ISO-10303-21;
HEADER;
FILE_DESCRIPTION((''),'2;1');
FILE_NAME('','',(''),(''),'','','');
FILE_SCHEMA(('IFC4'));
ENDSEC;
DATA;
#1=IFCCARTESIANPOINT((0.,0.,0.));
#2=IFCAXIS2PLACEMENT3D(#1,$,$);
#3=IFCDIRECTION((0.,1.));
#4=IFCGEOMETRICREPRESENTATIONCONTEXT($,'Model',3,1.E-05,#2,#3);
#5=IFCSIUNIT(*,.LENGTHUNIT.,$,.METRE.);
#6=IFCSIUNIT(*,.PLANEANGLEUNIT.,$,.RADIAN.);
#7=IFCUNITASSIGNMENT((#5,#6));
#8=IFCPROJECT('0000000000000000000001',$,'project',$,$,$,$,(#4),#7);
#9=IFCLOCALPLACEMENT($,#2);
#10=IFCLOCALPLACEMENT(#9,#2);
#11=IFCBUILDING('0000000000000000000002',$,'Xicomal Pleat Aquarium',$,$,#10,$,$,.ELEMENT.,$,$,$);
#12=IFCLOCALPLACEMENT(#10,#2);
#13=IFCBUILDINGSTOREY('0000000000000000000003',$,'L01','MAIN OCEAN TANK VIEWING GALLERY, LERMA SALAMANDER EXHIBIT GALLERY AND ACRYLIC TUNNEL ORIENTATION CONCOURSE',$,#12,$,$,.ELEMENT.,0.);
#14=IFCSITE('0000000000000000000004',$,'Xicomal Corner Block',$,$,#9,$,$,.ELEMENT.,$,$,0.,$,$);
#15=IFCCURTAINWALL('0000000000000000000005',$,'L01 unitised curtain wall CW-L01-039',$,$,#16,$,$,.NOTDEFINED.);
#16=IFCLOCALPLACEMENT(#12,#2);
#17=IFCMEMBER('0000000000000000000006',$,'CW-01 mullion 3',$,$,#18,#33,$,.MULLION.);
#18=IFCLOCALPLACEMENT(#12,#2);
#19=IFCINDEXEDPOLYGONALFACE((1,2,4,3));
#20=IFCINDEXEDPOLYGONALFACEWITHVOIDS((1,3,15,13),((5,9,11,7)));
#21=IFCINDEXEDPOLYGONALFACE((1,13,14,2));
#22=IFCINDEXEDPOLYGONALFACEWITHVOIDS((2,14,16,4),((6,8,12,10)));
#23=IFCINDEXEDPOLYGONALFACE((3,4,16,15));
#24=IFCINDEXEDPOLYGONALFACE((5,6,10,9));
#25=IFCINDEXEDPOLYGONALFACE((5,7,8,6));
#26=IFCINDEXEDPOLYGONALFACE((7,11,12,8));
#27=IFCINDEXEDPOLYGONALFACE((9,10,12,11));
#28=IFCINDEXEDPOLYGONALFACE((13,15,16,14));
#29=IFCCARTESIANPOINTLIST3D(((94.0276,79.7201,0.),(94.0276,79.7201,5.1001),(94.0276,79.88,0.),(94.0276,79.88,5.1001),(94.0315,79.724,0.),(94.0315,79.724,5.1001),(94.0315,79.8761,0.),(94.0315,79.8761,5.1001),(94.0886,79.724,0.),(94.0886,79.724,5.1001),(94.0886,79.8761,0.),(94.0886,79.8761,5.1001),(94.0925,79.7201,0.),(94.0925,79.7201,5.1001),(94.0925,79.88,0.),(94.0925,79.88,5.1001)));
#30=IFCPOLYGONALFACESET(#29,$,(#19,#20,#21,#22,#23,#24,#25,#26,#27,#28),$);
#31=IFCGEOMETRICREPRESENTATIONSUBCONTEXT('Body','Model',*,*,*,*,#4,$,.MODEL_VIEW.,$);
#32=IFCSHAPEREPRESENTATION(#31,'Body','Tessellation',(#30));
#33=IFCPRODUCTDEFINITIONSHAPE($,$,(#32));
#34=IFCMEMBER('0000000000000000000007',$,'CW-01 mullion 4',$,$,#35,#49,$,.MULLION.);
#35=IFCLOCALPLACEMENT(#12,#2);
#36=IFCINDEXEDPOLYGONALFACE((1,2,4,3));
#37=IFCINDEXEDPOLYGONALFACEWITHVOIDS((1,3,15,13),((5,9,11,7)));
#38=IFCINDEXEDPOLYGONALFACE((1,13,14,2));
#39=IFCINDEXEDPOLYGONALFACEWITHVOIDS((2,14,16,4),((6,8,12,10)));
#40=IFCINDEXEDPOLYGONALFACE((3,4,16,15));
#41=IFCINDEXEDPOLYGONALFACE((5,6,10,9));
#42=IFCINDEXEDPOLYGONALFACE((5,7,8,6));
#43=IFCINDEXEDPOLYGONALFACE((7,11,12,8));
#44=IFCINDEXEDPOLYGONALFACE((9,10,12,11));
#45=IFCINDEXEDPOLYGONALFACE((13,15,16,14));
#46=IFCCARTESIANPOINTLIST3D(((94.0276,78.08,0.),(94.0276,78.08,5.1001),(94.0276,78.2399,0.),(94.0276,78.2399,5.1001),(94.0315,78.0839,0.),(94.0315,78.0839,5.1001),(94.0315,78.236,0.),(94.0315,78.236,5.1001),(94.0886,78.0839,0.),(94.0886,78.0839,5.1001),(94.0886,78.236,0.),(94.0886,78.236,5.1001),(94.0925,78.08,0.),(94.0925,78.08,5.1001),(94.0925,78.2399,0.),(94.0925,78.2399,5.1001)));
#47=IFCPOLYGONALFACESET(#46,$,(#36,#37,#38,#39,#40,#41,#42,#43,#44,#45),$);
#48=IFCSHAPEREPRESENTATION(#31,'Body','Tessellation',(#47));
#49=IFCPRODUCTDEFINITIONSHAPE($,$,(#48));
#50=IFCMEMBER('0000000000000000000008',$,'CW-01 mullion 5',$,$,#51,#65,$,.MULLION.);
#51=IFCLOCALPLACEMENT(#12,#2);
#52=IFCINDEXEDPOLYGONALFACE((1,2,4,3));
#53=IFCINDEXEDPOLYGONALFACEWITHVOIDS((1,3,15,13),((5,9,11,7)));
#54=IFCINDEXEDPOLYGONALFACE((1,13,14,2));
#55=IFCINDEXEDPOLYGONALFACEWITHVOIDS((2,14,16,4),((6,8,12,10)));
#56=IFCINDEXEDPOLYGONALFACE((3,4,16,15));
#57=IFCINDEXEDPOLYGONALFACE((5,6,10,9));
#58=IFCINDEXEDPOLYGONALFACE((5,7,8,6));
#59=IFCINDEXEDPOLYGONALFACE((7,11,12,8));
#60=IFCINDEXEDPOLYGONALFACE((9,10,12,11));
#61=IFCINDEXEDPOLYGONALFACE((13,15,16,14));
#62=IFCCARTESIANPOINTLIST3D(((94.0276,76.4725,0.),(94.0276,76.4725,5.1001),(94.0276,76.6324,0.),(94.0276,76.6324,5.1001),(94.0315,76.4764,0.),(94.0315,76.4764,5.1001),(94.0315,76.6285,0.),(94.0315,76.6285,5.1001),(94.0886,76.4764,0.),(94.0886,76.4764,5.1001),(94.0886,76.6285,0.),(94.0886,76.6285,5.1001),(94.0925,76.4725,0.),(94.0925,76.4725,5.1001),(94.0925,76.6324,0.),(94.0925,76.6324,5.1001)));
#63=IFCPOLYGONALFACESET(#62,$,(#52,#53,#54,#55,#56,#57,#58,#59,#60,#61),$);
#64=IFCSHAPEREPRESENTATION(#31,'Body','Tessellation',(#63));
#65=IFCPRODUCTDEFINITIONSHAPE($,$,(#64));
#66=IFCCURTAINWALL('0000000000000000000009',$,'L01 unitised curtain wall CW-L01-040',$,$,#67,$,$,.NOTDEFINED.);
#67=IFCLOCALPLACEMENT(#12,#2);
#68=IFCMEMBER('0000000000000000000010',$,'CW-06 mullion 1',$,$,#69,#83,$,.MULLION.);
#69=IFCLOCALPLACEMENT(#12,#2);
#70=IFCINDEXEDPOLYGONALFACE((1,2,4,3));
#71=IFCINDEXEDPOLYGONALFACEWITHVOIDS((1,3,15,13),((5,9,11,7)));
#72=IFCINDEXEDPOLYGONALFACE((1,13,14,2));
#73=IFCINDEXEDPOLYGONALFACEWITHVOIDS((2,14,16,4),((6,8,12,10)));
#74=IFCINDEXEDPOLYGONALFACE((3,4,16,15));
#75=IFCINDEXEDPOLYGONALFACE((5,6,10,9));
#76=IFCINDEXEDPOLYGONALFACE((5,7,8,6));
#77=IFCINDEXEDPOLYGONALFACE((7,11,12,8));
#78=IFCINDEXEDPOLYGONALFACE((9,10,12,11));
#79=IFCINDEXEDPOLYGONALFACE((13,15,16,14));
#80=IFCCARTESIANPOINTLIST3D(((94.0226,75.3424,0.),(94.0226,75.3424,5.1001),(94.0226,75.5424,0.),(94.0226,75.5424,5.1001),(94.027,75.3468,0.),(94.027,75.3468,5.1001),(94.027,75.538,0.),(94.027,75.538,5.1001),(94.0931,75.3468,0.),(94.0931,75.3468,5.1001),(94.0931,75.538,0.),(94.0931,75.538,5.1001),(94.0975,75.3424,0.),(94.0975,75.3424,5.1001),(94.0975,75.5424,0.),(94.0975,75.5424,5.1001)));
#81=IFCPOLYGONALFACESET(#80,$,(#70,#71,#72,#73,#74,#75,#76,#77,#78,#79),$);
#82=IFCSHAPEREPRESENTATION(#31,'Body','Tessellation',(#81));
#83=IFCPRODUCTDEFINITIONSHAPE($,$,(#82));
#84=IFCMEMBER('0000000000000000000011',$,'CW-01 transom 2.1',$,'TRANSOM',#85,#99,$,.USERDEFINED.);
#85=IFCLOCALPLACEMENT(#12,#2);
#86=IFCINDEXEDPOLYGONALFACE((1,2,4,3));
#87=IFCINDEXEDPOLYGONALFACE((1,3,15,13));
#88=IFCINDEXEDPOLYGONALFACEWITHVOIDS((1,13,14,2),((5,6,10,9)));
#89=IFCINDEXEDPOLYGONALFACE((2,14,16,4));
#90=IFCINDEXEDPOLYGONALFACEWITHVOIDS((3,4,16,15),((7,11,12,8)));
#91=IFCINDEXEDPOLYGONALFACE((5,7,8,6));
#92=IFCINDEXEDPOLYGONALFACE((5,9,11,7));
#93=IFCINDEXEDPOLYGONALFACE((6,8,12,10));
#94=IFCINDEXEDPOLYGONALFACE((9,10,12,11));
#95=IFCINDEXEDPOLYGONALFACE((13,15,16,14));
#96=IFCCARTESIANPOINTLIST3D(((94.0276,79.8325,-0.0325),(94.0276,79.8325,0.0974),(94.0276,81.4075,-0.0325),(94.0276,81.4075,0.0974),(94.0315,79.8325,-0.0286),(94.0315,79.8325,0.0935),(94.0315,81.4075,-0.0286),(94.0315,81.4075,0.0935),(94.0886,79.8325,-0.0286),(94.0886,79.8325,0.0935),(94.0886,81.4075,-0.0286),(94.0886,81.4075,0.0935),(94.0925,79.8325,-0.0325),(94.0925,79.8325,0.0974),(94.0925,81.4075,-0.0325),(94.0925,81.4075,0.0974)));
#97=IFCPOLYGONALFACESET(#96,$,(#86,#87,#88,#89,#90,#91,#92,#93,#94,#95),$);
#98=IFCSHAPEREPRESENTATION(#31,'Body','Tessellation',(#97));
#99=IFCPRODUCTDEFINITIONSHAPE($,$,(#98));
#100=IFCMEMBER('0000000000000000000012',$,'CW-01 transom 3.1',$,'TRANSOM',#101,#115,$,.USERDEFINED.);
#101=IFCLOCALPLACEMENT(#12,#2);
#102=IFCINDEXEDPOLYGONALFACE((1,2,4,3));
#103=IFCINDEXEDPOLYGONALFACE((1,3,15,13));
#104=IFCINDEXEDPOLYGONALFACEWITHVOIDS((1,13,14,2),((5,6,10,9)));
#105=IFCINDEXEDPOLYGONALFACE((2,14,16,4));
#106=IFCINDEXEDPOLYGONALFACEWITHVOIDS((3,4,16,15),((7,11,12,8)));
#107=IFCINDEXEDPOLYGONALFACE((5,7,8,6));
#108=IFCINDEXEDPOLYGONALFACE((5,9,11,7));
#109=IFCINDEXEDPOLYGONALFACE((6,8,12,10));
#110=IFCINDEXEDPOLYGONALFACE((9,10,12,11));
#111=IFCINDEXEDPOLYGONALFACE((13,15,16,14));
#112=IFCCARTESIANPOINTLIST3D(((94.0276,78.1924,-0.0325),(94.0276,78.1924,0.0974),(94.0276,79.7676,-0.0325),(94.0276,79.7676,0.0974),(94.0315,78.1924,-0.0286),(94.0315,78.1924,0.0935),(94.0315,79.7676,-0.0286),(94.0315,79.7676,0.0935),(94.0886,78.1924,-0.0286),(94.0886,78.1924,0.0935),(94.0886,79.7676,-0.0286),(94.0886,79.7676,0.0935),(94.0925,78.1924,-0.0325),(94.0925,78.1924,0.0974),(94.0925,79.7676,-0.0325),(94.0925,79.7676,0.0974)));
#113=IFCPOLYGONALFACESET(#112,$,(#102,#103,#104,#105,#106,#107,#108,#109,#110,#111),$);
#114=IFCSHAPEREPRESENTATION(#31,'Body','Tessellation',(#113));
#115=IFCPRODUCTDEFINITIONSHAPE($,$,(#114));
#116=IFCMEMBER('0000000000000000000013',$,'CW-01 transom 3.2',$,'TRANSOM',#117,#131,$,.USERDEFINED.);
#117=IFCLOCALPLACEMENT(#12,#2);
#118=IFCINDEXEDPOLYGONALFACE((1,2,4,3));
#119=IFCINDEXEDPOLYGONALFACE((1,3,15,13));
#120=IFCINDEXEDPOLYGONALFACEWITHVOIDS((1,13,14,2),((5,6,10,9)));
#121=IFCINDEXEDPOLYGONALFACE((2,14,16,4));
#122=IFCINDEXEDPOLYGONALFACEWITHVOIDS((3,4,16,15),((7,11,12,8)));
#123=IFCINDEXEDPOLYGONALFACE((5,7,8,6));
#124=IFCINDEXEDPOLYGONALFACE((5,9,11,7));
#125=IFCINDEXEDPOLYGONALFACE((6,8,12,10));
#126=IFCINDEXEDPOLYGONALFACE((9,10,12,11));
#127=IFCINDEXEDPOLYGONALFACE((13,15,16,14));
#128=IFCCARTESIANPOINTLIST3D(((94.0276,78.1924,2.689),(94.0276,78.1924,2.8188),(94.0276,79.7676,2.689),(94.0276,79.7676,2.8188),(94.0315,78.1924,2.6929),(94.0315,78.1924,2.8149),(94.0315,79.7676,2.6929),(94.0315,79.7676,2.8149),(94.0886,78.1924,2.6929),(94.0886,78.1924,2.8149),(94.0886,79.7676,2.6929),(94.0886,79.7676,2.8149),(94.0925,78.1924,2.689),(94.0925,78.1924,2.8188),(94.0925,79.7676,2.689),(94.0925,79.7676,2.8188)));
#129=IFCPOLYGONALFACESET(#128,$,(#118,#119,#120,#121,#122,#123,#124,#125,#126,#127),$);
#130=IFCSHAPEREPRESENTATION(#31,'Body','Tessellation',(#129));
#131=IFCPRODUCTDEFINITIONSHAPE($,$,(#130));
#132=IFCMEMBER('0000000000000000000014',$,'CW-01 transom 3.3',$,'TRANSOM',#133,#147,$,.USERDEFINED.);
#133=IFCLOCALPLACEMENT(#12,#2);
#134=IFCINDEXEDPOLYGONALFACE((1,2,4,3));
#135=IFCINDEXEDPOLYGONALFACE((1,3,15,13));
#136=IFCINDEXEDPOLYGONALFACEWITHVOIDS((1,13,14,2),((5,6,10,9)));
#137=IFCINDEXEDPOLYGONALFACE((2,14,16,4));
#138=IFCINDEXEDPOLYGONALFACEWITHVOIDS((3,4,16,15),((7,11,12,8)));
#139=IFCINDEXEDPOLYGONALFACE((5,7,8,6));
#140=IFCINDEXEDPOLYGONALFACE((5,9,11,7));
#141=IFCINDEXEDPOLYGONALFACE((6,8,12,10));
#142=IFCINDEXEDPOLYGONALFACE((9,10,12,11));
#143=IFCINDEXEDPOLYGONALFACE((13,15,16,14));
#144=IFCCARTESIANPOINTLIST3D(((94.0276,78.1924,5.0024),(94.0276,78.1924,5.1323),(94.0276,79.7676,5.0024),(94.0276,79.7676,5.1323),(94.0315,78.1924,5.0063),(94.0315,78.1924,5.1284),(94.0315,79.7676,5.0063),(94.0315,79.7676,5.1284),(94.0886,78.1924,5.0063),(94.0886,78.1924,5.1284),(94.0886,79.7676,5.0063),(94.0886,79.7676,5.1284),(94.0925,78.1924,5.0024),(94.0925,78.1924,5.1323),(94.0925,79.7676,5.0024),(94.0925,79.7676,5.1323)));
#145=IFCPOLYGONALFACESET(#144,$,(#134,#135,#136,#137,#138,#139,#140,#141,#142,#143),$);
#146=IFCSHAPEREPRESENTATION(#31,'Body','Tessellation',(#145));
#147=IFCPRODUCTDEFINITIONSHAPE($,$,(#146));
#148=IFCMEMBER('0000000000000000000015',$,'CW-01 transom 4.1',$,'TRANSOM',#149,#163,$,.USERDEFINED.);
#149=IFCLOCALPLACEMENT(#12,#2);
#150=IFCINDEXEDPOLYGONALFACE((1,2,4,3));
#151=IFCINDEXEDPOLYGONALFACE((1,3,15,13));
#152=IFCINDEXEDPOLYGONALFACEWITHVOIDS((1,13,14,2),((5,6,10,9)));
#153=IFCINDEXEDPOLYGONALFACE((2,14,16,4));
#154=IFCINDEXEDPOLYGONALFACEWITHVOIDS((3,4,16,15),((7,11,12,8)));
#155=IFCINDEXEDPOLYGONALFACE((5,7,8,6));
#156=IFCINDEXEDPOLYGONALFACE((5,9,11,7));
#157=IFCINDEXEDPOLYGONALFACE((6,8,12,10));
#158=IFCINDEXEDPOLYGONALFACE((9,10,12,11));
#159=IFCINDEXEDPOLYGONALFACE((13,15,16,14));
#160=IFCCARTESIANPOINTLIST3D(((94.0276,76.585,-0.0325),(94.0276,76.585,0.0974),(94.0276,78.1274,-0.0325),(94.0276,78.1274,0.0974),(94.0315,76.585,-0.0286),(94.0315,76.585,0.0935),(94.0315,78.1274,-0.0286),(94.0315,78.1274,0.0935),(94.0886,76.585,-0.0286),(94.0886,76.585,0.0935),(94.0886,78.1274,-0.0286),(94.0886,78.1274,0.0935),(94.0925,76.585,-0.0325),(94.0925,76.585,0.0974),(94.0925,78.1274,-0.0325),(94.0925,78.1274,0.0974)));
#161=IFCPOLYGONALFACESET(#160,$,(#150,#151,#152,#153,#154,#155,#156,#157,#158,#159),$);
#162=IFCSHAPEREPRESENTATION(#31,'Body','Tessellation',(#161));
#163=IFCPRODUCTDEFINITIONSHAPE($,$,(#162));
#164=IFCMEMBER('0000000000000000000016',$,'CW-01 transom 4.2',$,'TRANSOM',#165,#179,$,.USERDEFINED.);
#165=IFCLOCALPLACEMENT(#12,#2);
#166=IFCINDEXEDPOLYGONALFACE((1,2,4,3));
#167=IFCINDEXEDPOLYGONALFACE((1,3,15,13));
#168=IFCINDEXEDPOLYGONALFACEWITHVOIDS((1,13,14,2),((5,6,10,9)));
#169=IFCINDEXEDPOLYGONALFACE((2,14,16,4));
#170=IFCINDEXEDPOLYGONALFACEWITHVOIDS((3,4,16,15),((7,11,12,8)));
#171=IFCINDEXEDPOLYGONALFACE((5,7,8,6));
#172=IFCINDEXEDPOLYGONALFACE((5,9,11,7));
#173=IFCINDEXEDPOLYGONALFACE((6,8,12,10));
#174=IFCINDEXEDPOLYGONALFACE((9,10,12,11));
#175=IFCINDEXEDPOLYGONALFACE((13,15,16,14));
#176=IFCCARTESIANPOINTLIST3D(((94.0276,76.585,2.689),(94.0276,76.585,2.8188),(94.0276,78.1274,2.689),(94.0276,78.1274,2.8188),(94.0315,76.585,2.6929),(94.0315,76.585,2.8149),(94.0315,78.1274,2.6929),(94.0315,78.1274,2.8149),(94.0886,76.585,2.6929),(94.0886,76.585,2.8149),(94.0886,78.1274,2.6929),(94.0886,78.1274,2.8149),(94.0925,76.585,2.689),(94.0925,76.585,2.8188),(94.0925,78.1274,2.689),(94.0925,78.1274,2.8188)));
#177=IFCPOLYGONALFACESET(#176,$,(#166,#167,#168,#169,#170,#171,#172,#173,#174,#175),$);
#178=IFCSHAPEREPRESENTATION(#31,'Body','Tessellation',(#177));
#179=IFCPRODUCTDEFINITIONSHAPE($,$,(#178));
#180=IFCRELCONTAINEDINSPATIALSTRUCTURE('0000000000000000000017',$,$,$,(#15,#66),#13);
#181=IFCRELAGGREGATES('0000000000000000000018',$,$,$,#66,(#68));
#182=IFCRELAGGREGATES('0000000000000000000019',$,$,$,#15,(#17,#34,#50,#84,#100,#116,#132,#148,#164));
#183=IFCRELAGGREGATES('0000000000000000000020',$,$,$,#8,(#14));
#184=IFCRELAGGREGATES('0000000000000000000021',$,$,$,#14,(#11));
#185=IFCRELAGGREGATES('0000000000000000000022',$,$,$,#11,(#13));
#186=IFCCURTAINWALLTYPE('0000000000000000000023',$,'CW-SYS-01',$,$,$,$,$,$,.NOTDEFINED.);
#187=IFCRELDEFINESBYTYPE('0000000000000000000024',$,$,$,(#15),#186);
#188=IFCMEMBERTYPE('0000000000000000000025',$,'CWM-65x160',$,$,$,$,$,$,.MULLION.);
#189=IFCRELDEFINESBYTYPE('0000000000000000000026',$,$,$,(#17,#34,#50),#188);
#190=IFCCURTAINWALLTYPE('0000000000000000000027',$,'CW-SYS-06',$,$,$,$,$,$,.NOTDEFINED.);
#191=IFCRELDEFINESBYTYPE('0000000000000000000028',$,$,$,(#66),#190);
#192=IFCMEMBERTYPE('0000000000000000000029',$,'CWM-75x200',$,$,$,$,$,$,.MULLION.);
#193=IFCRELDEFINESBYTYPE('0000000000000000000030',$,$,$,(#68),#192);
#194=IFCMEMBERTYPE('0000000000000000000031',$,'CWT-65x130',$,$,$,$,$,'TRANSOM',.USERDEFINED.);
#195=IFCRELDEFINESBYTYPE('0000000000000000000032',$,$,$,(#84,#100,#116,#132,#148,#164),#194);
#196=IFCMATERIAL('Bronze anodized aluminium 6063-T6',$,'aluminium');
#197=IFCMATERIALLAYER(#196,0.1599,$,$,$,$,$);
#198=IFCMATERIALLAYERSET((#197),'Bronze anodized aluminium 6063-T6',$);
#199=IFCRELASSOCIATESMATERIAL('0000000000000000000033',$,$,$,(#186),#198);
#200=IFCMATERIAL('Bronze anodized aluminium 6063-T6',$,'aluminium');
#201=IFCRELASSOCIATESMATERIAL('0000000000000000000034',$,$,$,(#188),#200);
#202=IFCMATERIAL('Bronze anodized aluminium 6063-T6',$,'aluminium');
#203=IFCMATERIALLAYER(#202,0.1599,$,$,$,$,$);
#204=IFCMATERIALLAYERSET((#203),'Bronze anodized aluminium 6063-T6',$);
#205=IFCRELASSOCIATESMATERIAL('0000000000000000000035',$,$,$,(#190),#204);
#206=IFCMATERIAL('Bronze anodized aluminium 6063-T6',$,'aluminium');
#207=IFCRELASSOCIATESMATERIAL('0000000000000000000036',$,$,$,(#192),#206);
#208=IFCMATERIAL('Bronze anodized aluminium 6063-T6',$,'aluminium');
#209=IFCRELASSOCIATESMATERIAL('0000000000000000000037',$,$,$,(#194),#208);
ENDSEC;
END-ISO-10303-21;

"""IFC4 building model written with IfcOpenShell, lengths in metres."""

from ifc_helpers import new_model, si_unit, direction, frame, origin, origin_2d, place, context, subcontext, project, spatial, hollow_rectangle, extrude, material, layer, layer_set, material_profile, profile_set, type_object, element, aggregate, save


model = new_model("IFC4")

# Units and contexts
model_context = context("Model", 3, precision=1e-05, world=origin(), true_north=direction((0.0, 1.0)))
body_context = subcontext(model_context, "Body", "Model", "MODEL_VIEW")
ifc_project = project(units=[si_unit("LENGTHUNIT", "METRE"), si_unit("PLANEANGLEUNIT", "RADIAN")], contexts=[model_context])

# Site, building, storey
site_placement = place(None, origin())
site = spatial("IfcSite", under=ifc_project, at=site_placement, Name="Xicomal Corner Block", CompositionType="ELEMENT", RefElevation=0.0)
building_placement = place(site_placement, origin())
building = spatial("IfcBuilding", under=site, at=building_placement, Name="Xicomal Pleat Aquarium", CompositionType="ELEMENT")
storey_placement = place(building_placement, origin())
storey = spatial("IfcBuildingStorey", under=building, at=storey_placement, Name="L01", Description="MAIN OCEAN TANK VIEWING GALLERY, LERMA SALAMANDER EXHIBIT GALLERY AND ACRYLIC TUNNEL ORIENTATION CONCOURSE", CompositionType="ELEMENT", Elevation=0.0)

# Curtain wall, members
ifc_material_1 = material(Name="Bronze anodized aluminium 6063-T6", Category="aluminium")
ifc_layer_1 = layer(ifc_material_1, 0.1599)
ifc_layer_set_1 = layer_set([ifc_layer_1], Name="Bronze anodized aluminium 6063-T6")
curtain_wall_type_1 = type_object("IfcCurtainWallType", Name="CW-SYS-01", PredefinedType="NOTDEFINED", material=ifc_layer_set_1)
curtain_wall_1_placement = place(storey_placement, origin())
curtain_wall_1 = element("IfcCurtainWall", 1, at=curtain_wall_1_placement, inside=storey, type_object=curtain_wall_type_1, Name="L01 unitised curtain wall CW-L01-039", PredefinedType="NOTDEFINED")
ifc_material_2 = material(Name="Bronze anodized aluminium 6063-T6", Category="aluminium")
ifc_material_profile_1 = material_profile(ifc_material_2, hollow_rectangle(XDim=0.0649, YDim=0.1599, WallThickness=0.0039, at=origin_2d()), Name="ALU MULL 65x160")
ifc_profile_set_1 = profile_set([ifc_material_profile_1], Name="Bronze anodized aluminium 6063-T6")
member_type_1 = type_object("IfcMemberType", Name="CWM-65x160", PredefinedType="MULLION", material=ifc_profile_set_1)
member_1_placement = place(storey_placement, frame((94.0601, 79.8, 0.0), z_axis=(0.0, 0.0, 1.0), x_axis=(1.0, 0.0, 0.0)))
member_1 = element("IfcMember", 2, at=member_1_placement, type_object=member_type_1, Name="CW-01 mullion 3", PredefinedType="MULLION", context=body_context, shape_type="SweptSolid", body=[
    extrude(hollow_rectangle(XDim=0.0649, YDim=0.1599, WallThickness=0.0039, at=origin_2d()), origin(), (0.0, 0.0, 1.0), 5.1001),
])
member_2_placement = place(storey_placement, frame((94.0601, 78.1599, 0.0), z_axis=(0.0, 0.0, 1.0), x_axis=(1.0, 0.0, 0.0)))
member_2 = element("IfcMember", 3, at=member_2_placement, type_object=member_type_1, Name="CW-01 mullion 4", PredefinedType="MULLION", context=body_context, shape_type="SweptSolid", body=[
    extrude(hollow_rectangle(XDim=0.0649, YDim=0.1599, WallThickness=0.0039, at=origin_2d()), origin(), (0.0, 0.0, 1.0), 5.1001),
])
member_3_placement = place(storey_placement, frame((94.0601, 76.5525, 0.0), z_axis=(0.0, 0.0, 1.0), x_axis=(1.0, 0.0, 0.0)))
member_3 = element("IfcMember", 4, at=member_3_placement, type_object=member_type_1, Name="CW-01 mullion 5", PredefinedType="MULLION", context=body_context, shape_type="SweptSolid", body=[
    extrude(hollow_rectangle(XDim=0.0649, YDim=0.1599, WallThickness=0.0039, at=origin_2d()), origin(), (0.0, 0.0, 1.0), 5.1001),
])

# Curtain wall, member
ifc_material_3 = material(Name="Bronze anodized aluminium 6063-T6", Category="aluminium")
ifc_layer_2 = layer(ifc_material_3, 0.1599)
ifc_layer_set_2 = layer_set([ifc_layer_2], Name="Bronze anodized aluminium 6063-T6")
curtain_wall_type_2 = type_object("IfcCurtainWallType", Name="CW-SYS-06", PredefinedType="NOTDEFINED", material=ifc_layer_set_2)
curtain_wall_2_placement = place(storey_placement, origin())
curtain_wall_2 = element("IfcCurtainWall", 5, at=curtain_wall_2_placement, inside=storey, type_object=curtain_wall_type_2, Name="L01 unitised curtain wall CW-L01-040", PredefinedType="NOTDEFINED")
ifc_material_4 = material(Name="Bronze anodized aluminium 6063-T6", Category="aluminium")
ifc_material_profile_2 = material_profile(ifc_material_4, hollow_rectangle(XDim=0.075, YDim=0.2, WallThickness=0.0044, at=origin_2d()), Name="ALU MULL 75x200")
ifc_profile_set_2 = profile_set([ifc_material_profile_2], Name="Bronze anodized aluminium 6063-T6")
member_type_2 = type_object("IfcMemberType", Name="CWM-75x200", PredefinedType="MULLION", material=ifc_profile_set_2)
member_4_placement = place(storey_placement, frame((94.0601, 75.4424, 0.0), z_axis=(0.0, 0.0, 1.0), x_axis=(1.0, 0.0, 0.0)))
member_4 = element("IfcMember", 6, at=member_4_placement, type_object=member_type_2, Name="CW-06 mullion 1", PredefinedType="MULLION", context=body_context, shape_type="SweptSolid", body=[
    extrude(hollow_rectangle(XDim=0.075, YDim=0.2, WallThickness=0.0044, at=origin_2d()), origin(), (0.0, 0.0, 1.0), 5.1001),
])

# Members
ifc_material_5 = material(Name="Bronze anodized aluminium 6063-T6", Category="aluminium")
ifc_material_profile_3 = material_profile(ifc_material_5, hollow_rectangle(XDim=0.0649, YDim=0.1299, WallThickness=0.0039, at=origin_2d()), Name="ALU TRAN 65x130")
ifc_profile_set_3 = profile_set([ifc_material_profile_3], Name="Bronze anodized aluminium 6063-T6")
member_type_3 = type_object("IfcMemberType", Name="CWT-65x130", ElementType="TRANSOM", PredefinedType="USERDEFINED", material=ifc_profile_set_3)
member_5_placement = place(storey_placement, frame((94.0601, 81.4075, 0.0325), z_axis=(0.0, -1.0, 0.0), x_axis=(1.0, 0.0, 0.0)))
member_5 = element("IfcMember", 7, at=member_5_placement, type_object=member_type_3, Name="CW-01 transom 2.1", ObjectType="TRANSOM", PredefinedType="USERDEFINED", context=body_context, shape_type="SweptSolid", body=[
    extrude(hollow_rectangle(XDim=0.0649, YDim=0.1299, WallThickness=0.0039, at=origin_2d()), origin(), (0.0, 0.0, 1.0), 1.575),
])
member_6_placement = place(storey_placement, frame((94.0601, 79.7676, 0.0325), z_axis=(0.0, -1.0, 0.0), x_axis=(1.0, 0.0, 0.0)))
member_6 = element("IfcMember", 8, at=member_6_placement, type_object=member_type_3, Name="CW-01 transom 3.1", ObjectType="TRANSOM", PredefinedType="USERDEFINED", context=body_context, shape_type="SweptSolid", body=[
    extrude(hollow_rectangle(XDim=0.0649, YDim=0.1299, WallThickness=0.0039, at=origin_2d()), origin(), (0.0, 0.0, 1.0), 1.5752),
])
member_7_placement = place(storey_placement, frame((94.0601, 79.7676, 2.7539), z_axis=(0.0, -1.0, 0.0), x_axis=(1.0, 0.0, 0.0)))
member_7 = element("IfcMember", 9, at=member_7_placement, type_object=member_type_3, Name="CW-01 transom 3.2", ObjectType="TRANSOM", PredefinedType="USERDEFINED", context=body_context, shape_type="SweptSolid", body=[
    extrude(hollow_rectangle(XDim=0.0649, YDim=0.1299, WallThickness=0.0039, at=origin_2d()), origin(), (0.0, 0.0, 1.0), 1.5752),
])
member_8_placement = place(storey_placement, frame((94.0601, 79.7676, 5.0674), z_axis=(0.0, -1.0, 0.0), x_axis=(1.0, 0.0, 0.0)))
member_8 = element("IfcMember", 10, at=member_8_placement, type_object=member_type_3, Name="CW-01 transom 3.3", ObjectType="TRANSOM", PredefinedType="USERDEFINED", context=body_context, shape_type="SweptSolid", body=[
    extrude(hollow_rectangle(XDim=0.0649, YDim=0.1299, WallThickness=0.0039, at=origin_2d()), origin(), (0.0, 0.0, 1.0), 1.5752),
])
member_9_placement = place(storey_placement, frame((94.0601, 78.1274, 0.0325), z_axis=(0.0, -1.0, 0.0), x_axis=(1.0, 0.0, 0.0)))
member_9 = element("IfcMember", 11, at=member_9_placement, type_object=member_type_3, Name="CW-01 transom 4.1", ObjectType="TRANSOM", PredefinedType="USERDEFINED", context=body_context, shape_type="SweptSolid", body=[
    extrude(hollow_rectangle(XDim=0.0649, YDim=0.1299, WallThickness=0.0039, at=origin_2d()), origin(), (0.0, 0.0, 1.0), 1.5425),
])
member_10_placement = place(storey_placement, frame((94.0601, 78.1274, 2.7539), z_axis=(0.0, -1.0, 0.0), x_axis=(1.0, 0.0, 0.0)))
member_10 = element("IfcMember", 12, at=member_10_placement, type_object=member_type_3, Name="CW-01 transom 4.2", ObjectType="TRANSOM", PredefinedType="USERDEFINED", context=body_context, shape_type="SweptSolid", body=[
    extrude(hollow_rectangle(XDim=0.0649, YDim=0.1299, WallThickness=0.0039, at=origin_2d()), origin(), (0.0, 0.0, 1.0), 1.5425),
])

aggregate(curtain_wall_2, [member_4])
aggregate(curtain_wall_1, [member_1, member_2, member_3, member_5, member_6, member_7, member_8, member_9, member_10])

save(model, "model.ifc")
